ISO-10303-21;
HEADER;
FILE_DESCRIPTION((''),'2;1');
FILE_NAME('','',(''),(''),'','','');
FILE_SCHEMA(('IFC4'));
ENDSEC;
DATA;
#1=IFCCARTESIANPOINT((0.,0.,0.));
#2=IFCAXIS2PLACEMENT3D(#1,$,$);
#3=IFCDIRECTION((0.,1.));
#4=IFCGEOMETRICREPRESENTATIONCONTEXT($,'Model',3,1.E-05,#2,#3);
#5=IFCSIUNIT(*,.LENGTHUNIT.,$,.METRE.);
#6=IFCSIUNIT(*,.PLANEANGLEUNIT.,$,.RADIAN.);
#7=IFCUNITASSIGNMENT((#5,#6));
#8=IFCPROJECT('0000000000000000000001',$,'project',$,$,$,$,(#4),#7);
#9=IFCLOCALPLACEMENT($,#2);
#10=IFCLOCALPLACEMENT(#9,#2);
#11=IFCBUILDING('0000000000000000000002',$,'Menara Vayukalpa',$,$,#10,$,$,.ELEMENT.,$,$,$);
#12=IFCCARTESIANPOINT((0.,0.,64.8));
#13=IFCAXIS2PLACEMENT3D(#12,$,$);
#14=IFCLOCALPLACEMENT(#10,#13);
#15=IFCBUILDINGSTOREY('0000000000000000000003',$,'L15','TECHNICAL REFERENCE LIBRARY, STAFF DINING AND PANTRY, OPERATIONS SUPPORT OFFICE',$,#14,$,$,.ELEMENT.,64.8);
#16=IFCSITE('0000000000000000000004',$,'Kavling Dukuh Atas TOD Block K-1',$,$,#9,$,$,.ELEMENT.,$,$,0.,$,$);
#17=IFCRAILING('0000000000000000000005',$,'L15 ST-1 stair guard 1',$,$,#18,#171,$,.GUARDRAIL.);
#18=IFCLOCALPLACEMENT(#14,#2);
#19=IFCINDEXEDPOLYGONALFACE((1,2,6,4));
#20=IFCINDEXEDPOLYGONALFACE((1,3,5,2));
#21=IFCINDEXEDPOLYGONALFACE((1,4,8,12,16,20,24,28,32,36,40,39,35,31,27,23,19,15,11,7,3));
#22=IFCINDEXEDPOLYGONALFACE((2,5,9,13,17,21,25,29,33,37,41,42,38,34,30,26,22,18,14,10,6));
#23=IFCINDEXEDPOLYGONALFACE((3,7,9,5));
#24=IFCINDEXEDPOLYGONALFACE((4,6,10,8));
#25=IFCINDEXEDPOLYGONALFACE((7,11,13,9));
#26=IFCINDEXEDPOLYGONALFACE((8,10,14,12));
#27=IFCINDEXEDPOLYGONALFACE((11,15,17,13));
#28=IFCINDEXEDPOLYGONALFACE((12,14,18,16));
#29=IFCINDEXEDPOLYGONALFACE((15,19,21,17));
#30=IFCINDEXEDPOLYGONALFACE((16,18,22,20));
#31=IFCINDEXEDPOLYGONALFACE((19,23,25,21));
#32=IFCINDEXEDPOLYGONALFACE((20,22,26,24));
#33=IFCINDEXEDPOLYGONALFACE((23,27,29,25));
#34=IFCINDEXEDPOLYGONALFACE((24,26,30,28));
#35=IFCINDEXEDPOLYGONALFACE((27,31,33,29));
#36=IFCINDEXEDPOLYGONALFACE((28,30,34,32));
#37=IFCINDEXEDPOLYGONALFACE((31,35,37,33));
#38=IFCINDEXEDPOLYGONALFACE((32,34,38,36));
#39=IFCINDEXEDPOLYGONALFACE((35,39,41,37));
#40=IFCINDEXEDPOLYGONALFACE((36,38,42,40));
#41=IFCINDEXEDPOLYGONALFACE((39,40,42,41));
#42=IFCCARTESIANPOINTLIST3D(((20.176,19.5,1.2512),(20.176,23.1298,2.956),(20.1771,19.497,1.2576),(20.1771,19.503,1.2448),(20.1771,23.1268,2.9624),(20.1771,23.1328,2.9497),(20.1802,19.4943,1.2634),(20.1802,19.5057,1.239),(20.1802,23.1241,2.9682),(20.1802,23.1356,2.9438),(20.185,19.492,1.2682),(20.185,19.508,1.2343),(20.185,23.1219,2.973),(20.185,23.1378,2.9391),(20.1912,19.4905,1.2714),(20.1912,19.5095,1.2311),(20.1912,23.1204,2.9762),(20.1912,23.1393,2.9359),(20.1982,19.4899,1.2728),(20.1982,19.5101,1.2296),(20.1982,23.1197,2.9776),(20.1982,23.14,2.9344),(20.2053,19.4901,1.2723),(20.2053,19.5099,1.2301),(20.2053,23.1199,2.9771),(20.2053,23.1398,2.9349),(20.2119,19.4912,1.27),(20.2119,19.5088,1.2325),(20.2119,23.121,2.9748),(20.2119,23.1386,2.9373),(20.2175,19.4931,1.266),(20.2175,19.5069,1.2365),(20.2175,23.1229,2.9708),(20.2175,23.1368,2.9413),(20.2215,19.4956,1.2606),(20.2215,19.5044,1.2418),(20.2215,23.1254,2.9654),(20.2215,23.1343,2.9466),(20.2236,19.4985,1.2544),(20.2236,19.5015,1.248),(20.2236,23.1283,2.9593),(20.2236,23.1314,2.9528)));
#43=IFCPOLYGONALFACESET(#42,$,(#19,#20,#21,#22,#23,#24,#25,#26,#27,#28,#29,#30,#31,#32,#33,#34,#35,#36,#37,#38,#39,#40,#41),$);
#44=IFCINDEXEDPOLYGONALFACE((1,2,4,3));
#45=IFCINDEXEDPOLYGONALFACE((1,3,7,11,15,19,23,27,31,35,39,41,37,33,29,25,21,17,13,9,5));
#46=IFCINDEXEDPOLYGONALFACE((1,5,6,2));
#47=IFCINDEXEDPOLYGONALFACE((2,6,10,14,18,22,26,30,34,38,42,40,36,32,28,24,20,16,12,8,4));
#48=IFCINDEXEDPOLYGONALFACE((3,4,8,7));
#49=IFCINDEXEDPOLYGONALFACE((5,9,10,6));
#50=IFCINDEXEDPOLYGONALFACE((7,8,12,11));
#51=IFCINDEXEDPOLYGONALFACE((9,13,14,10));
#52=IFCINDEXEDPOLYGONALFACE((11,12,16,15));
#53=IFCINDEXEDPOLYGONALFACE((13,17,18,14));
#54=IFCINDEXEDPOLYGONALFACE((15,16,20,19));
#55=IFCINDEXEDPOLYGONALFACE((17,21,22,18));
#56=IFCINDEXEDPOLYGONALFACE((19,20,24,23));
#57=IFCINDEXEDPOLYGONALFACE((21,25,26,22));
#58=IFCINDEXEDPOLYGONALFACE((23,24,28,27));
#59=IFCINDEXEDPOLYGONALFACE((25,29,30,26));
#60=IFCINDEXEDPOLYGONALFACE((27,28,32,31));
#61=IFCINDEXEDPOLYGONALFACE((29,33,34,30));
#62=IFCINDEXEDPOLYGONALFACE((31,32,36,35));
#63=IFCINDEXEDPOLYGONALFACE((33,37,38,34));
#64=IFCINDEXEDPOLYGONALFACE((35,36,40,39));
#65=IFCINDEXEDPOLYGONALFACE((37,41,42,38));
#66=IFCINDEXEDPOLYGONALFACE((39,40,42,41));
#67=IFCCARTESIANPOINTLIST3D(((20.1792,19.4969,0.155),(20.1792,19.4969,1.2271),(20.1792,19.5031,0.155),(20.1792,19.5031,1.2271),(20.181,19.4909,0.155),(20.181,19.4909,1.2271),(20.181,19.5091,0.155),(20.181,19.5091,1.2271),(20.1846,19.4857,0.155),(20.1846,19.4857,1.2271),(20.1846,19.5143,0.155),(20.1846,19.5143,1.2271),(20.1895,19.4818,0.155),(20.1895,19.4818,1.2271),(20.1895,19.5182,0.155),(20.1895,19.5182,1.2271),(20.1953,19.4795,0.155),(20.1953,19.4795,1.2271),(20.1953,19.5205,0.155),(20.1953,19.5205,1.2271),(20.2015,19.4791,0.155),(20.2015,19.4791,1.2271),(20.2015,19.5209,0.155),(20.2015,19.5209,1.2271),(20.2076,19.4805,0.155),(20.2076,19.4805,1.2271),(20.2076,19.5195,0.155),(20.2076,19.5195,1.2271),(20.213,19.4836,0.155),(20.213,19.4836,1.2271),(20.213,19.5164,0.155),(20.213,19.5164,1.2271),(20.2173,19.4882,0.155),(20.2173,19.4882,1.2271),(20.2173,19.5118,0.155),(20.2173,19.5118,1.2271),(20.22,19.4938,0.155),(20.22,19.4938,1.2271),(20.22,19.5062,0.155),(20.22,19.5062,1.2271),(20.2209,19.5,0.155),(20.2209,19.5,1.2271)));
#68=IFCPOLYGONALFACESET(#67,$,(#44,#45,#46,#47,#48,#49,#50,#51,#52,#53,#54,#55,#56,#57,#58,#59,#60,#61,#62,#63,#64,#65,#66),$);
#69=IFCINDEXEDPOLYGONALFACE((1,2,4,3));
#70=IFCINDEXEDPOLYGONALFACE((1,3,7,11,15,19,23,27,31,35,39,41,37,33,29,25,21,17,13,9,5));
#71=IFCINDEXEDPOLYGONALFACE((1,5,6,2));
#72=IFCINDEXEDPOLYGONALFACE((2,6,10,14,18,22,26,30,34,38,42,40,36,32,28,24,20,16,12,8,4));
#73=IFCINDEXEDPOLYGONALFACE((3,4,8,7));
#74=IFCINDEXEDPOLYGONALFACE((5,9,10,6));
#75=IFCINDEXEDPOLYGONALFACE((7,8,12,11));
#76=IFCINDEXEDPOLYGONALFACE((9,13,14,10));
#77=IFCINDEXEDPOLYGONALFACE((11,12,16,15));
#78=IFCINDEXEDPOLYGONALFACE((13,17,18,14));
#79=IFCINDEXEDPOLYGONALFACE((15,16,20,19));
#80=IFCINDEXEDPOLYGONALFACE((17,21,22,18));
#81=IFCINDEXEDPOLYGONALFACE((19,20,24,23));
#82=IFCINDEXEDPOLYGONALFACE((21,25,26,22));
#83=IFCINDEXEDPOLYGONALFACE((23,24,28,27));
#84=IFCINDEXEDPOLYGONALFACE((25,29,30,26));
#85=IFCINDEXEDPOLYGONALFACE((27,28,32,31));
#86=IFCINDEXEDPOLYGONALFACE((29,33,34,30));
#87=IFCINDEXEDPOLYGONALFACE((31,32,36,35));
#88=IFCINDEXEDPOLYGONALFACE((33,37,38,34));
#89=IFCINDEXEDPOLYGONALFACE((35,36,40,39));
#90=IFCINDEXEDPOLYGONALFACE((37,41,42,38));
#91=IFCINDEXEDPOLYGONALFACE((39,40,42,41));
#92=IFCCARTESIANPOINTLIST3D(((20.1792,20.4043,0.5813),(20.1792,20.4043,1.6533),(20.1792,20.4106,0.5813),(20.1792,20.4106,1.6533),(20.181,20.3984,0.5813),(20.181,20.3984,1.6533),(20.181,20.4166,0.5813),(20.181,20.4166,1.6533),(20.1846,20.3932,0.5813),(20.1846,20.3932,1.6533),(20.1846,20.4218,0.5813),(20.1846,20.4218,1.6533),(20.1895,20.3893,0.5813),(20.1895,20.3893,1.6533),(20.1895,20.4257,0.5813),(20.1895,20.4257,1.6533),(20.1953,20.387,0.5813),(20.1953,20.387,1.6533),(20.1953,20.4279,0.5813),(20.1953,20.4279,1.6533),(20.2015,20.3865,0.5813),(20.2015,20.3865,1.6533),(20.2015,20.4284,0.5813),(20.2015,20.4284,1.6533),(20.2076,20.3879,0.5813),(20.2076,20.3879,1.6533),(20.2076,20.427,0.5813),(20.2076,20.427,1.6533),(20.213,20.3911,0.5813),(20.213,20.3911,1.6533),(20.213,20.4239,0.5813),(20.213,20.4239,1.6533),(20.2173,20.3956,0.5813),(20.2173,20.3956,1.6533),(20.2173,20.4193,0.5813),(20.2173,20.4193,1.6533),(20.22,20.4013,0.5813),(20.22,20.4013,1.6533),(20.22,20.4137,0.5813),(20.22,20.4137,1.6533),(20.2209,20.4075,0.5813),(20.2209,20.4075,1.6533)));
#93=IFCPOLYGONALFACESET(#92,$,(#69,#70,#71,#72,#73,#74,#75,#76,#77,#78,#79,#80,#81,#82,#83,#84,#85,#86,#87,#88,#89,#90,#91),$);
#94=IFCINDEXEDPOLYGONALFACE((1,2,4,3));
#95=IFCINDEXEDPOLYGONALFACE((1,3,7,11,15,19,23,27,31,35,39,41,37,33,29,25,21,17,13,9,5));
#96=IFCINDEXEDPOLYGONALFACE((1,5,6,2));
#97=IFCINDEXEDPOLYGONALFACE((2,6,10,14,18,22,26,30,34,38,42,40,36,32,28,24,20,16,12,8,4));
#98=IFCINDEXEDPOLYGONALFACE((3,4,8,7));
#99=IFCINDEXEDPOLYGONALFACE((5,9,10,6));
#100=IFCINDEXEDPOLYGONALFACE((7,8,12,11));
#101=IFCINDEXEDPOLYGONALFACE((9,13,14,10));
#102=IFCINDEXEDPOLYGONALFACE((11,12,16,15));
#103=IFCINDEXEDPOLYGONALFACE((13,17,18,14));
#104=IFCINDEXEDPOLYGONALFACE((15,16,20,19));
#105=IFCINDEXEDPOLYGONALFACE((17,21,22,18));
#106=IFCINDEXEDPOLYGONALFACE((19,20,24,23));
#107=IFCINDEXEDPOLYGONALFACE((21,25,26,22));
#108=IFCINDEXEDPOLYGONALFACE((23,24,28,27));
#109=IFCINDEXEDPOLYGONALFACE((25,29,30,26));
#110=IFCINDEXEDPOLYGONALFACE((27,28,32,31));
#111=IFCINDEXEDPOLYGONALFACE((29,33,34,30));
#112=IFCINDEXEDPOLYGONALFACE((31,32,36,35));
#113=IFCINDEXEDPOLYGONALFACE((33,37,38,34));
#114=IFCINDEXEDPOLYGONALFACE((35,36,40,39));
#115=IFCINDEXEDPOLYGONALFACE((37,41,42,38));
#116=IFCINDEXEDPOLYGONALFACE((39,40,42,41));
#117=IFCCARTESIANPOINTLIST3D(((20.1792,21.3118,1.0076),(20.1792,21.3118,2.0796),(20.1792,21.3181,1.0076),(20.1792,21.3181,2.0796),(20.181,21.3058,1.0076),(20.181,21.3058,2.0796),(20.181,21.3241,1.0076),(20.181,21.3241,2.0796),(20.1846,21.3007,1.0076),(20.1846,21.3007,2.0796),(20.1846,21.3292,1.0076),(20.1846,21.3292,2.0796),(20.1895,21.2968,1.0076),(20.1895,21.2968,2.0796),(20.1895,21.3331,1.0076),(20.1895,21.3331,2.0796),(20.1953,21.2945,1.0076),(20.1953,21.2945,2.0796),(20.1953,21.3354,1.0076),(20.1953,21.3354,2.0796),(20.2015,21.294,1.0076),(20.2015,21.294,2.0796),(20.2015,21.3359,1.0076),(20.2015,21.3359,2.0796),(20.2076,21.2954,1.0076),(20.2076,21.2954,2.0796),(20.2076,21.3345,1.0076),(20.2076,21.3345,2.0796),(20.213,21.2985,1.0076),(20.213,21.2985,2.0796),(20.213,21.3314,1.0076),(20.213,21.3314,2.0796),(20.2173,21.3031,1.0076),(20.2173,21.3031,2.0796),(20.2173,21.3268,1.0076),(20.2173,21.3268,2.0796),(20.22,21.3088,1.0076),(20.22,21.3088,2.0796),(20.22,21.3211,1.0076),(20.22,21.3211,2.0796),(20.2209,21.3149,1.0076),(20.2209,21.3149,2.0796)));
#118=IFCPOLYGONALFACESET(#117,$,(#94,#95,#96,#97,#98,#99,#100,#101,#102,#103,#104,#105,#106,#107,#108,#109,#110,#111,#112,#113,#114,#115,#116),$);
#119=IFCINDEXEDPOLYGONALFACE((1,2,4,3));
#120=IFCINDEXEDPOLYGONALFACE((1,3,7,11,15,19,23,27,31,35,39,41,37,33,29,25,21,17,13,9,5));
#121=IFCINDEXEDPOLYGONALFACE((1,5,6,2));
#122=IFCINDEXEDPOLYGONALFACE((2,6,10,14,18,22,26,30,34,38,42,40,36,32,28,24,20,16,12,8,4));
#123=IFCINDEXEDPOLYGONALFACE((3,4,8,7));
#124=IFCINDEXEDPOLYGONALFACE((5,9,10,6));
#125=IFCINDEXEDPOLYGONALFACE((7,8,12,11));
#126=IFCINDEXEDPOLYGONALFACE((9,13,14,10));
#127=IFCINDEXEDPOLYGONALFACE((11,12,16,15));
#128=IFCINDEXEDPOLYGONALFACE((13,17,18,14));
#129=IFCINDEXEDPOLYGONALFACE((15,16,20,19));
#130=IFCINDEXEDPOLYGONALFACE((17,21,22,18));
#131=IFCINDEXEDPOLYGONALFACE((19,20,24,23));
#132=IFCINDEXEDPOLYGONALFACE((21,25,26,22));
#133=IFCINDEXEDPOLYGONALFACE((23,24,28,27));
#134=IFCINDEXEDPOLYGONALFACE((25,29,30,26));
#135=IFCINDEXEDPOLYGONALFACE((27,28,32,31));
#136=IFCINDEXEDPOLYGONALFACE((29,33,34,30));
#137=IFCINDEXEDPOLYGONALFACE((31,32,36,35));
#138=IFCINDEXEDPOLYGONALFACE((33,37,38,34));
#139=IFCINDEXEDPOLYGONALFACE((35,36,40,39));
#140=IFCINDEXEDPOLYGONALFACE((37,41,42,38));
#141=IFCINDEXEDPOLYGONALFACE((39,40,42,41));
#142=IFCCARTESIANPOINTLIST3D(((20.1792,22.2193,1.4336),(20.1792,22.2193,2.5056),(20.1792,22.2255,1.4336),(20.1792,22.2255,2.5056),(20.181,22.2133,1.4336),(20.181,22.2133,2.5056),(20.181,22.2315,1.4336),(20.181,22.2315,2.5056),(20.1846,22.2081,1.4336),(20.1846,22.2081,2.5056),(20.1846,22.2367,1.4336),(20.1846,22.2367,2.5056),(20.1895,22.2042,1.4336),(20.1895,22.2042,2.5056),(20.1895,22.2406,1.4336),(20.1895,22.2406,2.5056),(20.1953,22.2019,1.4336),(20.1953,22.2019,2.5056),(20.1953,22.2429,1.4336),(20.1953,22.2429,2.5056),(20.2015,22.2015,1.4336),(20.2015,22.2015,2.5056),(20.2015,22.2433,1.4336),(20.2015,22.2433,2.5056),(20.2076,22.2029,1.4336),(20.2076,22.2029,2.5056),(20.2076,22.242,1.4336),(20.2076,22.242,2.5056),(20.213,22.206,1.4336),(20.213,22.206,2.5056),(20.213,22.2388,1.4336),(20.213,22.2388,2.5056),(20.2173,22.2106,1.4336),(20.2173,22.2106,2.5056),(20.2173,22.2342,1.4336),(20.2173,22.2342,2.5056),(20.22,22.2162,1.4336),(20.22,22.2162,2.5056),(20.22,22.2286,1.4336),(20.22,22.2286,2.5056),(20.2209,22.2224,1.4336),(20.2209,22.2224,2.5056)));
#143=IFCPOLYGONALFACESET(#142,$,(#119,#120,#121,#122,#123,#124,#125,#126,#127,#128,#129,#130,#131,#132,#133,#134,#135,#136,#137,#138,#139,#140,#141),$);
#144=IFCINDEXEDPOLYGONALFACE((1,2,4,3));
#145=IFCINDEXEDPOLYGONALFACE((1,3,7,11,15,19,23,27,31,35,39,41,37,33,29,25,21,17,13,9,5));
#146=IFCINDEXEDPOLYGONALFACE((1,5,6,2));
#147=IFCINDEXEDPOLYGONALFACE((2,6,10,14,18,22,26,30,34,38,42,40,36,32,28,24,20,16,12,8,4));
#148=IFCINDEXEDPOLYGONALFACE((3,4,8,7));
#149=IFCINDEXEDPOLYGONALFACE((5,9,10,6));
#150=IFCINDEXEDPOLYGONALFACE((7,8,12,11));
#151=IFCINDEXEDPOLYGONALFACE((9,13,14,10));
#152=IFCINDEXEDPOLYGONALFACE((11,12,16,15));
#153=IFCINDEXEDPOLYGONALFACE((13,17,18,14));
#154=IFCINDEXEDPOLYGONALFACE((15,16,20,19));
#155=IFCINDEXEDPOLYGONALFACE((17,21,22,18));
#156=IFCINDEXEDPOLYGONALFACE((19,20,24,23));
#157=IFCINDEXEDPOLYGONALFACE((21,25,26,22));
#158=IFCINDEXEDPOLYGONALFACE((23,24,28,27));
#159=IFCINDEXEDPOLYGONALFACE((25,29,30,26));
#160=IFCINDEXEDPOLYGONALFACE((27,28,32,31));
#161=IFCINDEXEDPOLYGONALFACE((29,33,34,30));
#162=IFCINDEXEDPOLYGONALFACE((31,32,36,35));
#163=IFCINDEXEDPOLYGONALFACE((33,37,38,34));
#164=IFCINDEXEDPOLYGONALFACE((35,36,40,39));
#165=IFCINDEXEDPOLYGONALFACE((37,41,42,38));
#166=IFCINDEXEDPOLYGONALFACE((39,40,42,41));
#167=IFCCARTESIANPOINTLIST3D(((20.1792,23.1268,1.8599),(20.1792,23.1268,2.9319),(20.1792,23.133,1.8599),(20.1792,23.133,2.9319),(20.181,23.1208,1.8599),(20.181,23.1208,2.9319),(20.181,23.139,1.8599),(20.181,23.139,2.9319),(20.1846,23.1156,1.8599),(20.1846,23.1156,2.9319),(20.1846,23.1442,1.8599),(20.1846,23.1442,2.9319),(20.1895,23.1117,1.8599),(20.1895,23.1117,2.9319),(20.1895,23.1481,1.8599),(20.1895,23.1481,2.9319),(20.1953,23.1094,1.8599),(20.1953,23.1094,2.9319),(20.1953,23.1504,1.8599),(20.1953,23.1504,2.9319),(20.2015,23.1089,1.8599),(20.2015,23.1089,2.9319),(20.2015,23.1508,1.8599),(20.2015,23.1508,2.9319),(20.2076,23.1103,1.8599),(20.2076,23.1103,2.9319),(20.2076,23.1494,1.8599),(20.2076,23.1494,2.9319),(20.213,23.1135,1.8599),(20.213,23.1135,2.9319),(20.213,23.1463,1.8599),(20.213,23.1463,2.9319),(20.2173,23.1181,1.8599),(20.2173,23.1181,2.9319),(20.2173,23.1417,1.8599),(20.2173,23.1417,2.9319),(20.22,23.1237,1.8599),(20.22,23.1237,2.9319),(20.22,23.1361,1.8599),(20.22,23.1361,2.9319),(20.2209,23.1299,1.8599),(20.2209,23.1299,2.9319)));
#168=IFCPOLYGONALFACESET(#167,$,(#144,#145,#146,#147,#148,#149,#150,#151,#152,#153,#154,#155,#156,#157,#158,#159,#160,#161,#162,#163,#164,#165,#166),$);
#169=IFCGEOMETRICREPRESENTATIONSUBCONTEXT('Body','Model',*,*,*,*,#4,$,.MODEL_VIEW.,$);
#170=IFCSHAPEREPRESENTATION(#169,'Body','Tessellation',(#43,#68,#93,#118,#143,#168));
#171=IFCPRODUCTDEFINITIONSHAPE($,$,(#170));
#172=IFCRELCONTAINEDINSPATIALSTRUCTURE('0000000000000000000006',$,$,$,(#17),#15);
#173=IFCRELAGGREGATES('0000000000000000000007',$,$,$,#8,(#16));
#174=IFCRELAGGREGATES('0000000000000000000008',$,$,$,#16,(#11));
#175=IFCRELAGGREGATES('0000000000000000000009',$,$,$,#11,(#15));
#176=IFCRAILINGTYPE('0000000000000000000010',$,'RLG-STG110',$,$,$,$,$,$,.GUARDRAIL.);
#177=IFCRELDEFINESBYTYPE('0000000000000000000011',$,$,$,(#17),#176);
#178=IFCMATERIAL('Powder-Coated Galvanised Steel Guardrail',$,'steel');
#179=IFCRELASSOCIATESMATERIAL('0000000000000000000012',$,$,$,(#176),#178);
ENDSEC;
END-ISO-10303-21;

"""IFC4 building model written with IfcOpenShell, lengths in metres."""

from ifc_helpers import new_model, si_unit, direction, frame, origin, origin_2d, place, context, subcontext, project, spatial, circle, extrude, material, type_object, element, save


model = new_model("IFC4")

# Units and contexts
model_context = context("Model", 3, precision=1e-05, world=origin(), true_north=direction((0.0, 1.0)))
body_context = subcontext(model_context, "Body", "Model", "MODEL_VIEW")
ifc_project = project(units=[si_unit("LENGTHUNIT", "METRE"), si_unit("PLANEANGLEUNIT", "RADIAN")], contexts=[model_context])

# Site, building, storey
site_placement = place(None, origin())
site = spatial("IfcSite", under=ifc_project, at=site_placement, Name="Kavling Dukuh Atas TOD Block K-1", CompositionType="ELEMENT", RefElevation=0.0)
building_placement = place(site_placement, origin())
building = spatial("IfcBuilding", under=site, at=building_placement, Name="Menara Vayukalpa", CompositionType="ELEMENT")
storey_placement = place(building_placement, frame((0.0, 0.0, 64.8)))
storey = spatial("IfcBuildingStorey", under=building, at=storey_placement, Name="L15", Description="TECHNICAL REFERENCE LIBRARY, STAFF DINING AND PANTRY, OPERATIONS SUPPORT OFFICE", CompositionType="ELEMENT", Elevation=64.8)

# Railing
ifc_material_1 = material(Name="Powder-Coated Galvanised Steel Guardrail", Category="steel")
railing_type_1 = type_object("IfcRailingType", Name="RLG-STG110", PredefinedType="GUARDRAIL", material=ifc_material_1)
railing_1_placement = place(storey_placement, frame((20.2, 19.5, 0.155)))
element("IfcRailing", 1, at=railing_1_placement, inside=storey, type_object=railing_type_1, Name="L15 ST-1 stair guard 1", PredefinedType="GUARDRAIL", context=body_context, shape_type="SweptSolid", body=[
    extrude(circle(Radius=0.0239, at=origin_2d()), frame((0.0, 0.0, 1.0962), z_axis=(0.0, 0.90514, 0.425114), x_axis=(-1.0, 0.0, 0.0)), (0.0, 0.0, 1.0), 4.0103),
    extrude(circle(Radius=0.021, at=origin_2d()), origin(), (0.0, 0.0, 1.0), 1.072),
    extrude(circle(Radius=0.021, at=origin_2d()), frame((0.0, 0.9075, 0.4263)), (0.0, 0.0, 1.0), 1.072),
    extrude(circle(Radius=0.021, at=origin_2d()), frame((0.0, 1.8149, 0.8525)), (0.0, 0.0, 1.0), 1.072),
    extrude(circle(Radius=0.021, at=origin_2d()), frame((0.0, 2.7224, 1.2786)), (0.0, 0.0, 1.0), 1.072),
    extrude(circle(Radius=0.021, at=origin_2d()), frame((0.0, 3.6299, 1.7048)), (0.0, 0.0, 1.0), 1.072),
])

save(model, "model.ifc")
